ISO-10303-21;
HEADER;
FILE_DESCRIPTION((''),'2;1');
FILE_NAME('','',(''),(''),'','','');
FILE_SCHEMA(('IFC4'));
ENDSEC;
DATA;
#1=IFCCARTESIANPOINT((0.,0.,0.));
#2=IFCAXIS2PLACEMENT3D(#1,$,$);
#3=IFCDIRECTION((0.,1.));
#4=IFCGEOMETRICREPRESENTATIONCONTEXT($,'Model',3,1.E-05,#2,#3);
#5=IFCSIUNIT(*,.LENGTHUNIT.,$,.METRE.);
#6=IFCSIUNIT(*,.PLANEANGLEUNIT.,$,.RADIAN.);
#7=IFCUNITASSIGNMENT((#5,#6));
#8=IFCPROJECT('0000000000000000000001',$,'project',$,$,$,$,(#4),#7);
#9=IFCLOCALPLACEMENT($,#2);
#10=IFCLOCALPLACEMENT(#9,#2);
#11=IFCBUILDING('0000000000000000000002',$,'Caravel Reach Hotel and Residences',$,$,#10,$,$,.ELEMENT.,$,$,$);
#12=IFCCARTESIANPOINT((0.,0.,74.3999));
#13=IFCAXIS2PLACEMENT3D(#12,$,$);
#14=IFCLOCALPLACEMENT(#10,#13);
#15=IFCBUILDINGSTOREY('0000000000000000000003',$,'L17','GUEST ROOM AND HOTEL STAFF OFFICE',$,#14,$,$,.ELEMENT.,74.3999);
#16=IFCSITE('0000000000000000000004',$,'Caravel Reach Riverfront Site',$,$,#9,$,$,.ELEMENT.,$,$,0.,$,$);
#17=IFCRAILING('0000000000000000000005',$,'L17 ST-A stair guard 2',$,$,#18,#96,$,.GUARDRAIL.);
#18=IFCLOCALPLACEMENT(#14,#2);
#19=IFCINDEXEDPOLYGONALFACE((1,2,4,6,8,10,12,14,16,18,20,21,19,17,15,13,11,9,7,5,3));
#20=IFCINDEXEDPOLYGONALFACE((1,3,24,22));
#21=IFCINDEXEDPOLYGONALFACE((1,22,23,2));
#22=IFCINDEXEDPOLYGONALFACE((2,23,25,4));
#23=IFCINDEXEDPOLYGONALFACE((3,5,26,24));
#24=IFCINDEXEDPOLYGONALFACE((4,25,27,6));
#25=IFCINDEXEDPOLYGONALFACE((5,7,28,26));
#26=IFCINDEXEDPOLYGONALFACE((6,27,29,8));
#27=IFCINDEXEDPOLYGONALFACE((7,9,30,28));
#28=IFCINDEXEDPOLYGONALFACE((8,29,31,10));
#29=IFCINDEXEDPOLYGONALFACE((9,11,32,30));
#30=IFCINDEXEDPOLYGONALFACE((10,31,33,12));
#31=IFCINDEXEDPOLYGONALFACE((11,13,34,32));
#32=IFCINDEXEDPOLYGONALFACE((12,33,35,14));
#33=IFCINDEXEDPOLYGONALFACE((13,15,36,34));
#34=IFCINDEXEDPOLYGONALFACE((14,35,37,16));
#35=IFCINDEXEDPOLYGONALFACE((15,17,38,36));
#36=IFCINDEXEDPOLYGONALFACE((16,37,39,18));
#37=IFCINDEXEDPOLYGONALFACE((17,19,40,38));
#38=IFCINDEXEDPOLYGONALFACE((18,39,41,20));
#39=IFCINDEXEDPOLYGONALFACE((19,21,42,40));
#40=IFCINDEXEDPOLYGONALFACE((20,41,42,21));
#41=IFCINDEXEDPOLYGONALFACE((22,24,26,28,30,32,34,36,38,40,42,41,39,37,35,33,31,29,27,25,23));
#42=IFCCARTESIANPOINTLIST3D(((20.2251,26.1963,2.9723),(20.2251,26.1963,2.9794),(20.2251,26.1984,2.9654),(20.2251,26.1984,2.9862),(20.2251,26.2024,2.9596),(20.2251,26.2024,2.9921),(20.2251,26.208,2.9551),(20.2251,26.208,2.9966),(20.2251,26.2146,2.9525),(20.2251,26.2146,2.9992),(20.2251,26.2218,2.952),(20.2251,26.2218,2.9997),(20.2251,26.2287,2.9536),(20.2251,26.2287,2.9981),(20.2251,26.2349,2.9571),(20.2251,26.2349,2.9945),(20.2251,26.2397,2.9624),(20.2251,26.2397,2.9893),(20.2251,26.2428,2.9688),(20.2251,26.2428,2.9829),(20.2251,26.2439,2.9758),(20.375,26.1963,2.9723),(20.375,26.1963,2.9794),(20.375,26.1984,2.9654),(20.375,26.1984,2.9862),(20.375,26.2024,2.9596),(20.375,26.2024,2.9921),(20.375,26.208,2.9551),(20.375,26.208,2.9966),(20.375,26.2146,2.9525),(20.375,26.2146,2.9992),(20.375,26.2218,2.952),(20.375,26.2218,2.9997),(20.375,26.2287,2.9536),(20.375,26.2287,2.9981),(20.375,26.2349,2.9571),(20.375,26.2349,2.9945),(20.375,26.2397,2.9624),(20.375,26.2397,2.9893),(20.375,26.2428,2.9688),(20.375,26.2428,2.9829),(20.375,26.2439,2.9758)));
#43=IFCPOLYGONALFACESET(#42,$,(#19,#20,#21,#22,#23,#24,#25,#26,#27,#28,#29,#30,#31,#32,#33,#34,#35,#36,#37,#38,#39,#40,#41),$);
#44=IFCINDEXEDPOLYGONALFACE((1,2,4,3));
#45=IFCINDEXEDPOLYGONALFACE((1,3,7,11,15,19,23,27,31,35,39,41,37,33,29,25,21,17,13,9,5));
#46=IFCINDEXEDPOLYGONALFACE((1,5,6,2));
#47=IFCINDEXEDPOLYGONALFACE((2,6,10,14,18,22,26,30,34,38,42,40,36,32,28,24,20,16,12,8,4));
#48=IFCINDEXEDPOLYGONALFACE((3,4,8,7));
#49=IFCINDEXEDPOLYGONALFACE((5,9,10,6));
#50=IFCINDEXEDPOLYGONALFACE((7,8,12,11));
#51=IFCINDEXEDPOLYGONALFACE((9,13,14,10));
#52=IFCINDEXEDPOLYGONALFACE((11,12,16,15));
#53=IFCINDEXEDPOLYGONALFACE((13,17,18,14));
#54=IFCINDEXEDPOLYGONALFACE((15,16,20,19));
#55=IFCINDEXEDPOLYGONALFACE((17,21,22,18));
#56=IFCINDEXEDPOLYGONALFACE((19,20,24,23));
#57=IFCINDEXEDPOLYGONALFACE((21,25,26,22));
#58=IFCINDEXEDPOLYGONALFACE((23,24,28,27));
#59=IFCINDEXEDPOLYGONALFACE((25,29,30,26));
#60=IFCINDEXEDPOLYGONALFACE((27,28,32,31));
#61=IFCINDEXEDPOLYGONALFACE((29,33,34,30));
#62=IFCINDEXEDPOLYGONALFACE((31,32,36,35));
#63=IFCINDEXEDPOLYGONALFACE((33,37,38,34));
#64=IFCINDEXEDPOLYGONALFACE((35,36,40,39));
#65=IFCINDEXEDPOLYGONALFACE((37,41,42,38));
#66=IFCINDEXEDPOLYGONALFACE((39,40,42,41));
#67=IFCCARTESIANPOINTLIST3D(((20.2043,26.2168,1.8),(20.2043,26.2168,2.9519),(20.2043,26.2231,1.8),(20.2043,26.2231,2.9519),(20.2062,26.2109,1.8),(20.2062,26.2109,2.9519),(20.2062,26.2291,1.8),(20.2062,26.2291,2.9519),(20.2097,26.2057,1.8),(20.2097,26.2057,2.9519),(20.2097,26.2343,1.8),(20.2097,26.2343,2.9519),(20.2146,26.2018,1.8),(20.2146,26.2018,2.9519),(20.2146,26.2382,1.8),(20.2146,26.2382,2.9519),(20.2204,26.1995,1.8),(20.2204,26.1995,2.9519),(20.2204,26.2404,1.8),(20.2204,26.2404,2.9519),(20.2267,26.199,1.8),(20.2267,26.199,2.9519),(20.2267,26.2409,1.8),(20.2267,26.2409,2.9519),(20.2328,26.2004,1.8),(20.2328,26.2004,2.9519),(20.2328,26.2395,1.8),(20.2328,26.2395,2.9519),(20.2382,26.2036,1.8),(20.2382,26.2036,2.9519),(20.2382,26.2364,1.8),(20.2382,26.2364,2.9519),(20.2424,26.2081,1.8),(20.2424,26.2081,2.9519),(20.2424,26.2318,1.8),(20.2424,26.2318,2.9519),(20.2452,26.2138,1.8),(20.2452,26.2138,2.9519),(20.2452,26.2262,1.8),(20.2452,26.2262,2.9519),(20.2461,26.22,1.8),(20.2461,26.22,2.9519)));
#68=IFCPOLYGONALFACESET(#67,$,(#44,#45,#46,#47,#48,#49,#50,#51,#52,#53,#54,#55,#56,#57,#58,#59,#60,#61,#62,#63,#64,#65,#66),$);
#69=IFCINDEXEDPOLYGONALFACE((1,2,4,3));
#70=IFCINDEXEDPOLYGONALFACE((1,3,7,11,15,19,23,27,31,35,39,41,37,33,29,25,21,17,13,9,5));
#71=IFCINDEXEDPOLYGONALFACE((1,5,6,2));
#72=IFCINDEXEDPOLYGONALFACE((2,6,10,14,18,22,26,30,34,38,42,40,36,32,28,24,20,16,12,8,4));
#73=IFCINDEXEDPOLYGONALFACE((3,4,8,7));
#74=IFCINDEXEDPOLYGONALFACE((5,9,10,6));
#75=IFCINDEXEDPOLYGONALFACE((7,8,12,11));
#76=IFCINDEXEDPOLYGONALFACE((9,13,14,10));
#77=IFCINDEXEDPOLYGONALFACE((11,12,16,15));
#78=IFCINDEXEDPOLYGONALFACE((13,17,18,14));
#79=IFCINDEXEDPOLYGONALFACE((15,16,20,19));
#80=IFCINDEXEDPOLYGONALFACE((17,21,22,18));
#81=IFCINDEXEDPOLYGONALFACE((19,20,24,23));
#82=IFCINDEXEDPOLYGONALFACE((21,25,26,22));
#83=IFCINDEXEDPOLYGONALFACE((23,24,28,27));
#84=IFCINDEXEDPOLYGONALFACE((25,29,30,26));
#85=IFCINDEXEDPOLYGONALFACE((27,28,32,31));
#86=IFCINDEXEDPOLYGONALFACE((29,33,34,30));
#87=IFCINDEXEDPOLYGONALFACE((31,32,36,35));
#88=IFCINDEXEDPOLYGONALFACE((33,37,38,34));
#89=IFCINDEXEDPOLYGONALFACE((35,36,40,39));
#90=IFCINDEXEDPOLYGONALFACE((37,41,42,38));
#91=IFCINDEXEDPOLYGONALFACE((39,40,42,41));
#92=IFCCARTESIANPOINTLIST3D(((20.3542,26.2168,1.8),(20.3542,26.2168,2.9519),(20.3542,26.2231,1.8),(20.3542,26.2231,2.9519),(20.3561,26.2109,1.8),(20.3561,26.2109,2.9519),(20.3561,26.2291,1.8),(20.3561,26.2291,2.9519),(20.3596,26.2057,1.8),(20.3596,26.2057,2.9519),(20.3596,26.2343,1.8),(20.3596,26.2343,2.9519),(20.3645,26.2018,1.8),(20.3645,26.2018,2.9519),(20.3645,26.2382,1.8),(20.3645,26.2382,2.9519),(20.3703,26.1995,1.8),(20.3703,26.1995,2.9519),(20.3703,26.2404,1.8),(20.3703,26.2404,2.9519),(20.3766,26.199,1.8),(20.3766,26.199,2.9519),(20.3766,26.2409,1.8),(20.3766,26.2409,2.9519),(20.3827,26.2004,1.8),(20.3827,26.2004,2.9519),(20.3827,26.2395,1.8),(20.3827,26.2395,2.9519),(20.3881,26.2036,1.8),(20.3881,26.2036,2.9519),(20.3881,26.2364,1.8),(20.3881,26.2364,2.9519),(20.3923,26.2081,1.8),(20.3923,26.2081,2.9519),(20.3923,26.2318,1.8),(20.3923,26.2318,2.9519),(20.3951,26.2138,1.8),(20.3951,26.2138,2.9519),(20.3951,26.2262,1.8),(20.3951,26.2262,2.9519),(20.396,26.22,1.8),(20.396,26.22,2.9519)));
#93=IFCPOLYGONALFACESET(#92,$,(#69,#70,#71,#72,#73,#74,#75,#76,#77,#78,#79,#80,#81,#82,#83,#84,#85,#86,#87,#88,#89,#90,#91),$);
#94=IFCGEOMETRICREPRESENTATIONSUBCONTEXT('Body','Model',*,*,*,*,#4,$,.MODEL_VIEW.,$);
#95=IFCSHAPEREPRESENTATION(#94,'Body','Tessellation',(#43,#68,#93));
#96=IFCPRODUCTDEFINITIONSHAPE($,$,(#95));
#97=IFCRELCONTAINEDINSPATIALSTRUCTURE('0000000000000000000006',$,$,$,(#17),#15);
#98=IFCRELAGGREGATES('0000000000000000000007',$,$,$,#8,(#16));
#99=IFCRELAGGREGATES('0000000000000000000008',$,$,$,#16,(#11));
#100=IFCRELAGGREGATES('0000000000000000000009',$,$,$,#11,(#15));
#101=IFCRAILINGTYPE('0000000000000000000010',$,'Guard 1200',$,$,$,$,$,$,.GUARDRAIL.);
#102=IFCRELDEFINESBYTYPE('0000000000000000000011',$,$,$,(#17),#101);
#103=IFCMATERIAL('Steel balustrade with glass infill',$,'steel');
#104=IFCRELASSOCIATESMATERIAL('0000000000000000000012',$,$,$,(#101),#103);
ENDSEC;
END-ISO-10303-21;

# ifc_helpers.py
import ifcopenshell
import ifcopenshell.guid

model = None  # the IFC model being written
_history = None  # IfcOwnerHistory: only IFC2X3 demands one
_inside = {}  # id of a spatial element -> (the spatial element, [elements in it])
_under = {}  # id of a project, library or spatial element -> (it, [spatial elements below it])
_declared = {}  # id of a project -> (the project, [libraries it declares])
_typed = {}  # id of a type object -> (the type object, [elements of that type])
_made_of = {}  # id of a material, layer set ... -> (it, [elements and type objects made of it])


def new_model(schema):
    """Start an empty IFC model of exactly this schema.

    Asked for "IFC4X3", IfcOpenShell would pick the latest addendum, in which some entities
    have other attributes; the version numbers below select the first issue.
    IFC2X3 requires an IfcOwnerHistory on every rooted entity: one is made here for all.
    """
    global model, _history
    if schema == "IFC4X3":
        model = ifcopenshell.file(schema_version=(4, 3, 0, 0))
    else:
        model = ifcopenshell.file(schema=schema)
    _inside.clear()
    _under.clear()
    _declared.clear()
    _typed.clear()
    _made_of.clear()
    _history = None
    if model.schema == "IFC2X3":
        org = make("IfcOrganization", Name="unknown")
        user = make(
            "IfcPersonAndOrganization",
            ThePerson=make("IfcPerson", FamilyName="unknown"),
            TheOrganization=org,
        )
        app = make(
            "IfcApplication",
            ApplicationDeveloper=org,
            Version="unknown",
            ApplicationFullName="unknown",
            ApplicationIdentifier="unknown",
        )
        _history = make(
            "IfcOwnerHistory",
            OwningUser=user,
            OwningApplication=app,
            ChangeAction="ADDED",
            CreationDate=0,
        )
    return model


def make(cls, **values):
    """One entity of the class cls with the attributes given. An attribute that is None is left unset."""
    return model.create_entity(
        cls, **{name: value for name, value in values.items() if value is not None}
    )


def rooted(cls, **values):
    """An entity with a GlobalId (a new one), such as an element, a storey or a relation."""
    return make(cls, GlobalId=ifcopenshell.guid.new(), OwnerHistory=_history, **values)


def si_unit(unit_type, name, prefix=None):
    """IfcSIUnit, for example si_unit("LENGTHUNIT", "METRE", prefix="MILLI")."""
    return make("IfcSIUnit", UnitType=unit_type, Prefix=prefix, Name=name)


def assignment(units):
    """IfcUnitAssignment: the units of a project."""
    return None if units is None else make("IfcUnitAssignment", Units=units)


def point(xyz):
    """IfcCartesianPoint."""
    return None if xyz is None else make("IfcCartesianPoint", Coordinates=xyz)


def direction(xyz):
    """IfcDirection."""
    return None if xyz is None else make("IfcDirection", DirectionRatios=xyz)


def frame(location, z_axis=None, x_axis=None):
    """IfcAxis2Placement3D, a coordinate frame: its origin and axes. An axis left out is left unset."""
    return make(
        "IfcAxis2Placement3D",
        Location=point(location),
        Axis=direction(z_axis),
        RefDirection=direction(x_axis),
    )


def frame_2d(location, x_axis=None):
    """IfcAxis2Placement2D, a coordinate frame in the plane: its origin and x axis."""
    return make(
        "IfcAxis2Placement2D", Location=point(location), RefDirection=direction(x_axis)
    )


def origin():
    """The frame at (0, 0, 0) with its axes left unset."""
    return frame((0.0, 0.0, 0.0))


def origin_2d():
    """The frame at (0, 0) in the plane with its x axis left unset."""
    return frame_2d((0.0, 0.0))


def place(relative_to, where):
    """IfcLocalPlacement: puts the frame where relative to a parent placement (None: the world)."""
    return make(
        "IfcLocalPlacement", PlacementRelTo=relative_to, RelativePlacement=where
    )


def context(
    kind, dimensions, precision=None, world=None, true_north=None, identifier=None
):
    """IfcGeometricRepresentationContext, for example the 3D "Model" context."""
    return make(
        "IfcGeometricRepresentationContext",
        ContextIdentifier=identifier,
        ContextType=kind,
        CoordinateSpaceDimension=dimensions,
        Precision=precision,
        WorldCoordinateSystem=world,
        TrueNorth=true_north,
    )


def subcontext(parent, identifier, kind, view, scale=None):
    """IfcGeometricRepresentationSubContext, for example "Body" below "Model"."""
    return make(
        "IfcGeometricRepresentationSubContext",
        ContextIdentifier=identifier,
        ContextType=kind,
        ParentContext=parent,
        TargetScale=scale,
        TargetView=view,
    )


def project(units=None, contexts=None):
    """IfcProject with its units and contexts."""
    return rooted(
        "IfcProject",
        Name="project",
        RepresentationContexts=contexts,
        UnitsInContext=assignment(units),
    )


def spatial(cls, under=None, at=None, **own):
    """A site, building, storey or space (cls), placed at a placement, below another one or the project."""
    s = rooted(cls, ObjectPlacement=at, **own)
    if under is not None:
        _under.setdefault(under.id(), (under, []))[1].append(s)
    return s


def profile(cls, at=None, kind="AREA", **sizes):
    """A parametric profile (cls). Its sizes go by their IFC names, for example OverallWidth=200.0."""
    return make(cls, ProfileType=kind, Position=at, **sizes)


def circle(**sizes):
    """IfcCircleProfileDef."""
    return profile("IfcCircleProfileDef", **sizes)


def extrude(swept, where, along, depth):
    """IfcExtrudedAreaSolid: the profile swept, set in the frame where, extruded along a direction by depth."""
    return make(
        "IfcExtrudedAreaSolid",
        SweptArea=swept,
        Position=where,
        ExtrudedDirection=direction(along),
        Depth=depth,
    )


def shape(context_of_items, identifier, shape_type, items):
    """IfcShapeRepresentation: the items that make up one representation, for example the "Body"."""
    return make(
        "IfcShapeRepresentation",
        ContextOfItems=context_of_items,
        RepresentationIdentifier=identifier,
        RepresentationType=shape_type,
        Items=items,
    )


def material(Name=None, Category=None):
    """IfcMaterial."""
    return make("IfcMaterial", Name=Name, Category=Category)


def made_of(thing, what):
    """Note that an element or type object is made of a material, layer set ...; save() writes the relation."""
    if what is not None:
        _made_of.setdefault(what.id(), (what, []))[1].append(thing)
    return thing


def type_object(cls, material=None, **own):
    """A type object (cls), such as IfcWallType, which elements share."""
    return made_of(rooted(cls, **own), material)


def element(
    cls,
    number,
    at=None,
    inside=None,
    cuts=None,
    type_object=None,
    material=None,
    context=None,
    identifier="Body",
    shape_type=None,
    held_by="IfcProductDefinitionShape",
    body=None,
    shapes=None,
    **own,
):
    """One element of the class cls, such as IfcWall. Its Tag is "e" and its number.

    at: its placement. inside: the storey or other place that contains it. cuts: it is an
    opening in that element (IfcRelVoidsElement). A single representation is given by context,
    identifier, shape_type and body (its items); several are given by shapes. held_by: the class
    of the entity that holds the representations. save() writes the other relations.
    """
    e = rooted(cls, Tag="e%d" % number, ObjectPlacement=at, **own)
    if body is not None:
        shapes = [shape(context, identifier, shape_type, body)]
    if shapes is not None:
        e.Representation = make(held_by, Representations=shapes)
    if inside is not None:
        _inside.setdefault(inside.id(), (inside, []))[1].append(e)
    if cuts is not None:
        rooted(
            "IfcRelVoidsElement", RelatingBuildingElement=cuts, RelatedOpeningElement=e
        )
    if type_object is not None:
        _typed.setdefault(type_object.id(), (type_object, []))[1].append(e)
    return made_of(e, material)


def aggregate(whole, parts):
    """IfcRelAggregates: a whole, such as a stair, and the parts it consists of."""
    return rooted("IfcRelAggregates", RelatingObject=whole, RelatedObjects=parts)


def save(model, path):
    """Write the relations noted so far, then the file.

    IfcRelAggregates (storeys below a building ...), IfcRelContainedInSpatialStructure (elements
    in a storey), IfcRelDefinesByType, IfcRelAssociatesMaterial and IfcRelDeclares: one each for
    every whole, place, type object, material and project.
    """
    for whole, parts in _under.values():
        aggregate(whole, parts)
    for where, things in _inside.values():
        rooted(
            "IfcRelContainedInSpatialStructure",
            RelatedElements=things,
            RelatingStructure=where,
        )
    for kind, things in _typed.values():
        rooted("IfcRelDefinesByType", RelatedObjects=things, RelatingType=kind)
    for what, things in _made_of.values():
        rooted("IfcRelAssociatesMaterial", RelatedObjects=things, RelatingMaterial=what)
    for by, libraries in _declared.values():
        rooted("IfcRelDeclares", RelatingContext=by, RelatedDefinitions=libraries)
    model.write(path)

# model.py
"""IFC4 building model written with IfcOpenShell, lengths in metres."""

from ifc_helpers import new_model, si_unit, direction, frame, origin, origin_2d, place, context, subcontext, project, spatial, circle, extrude, material, type_object, element, save


model = new_model("IFC4")

# Units and contexts
model_context = context("Model", 3, precision=1e-05, world=origin(), true_north=direction((0.0, 1.0)))
body_context = subcontext(model_context, "Body", "Model", "MODEL_VIEW")
ifc_project = project(units=[si_unit("LENGTHUNIT", "METRE"), si_unit("PLANEANGLEUNIT", "RADIAN")], contexts=[model_context])

# Site, building, storey
site_placement = place(None, origin())
site = spatial("IfcSite", under=ifc_project, at=site_placement, Name="Caravel Reach Riverfront Site", CompositionType="ELEMENT", RefElevation=0.0)
building_placement = place(site_placement, origin())
building = spatial("IfcBuilding", under=site, at=building_placement, Name="Caravel Reach Hotel and Residences", CompositionType="ELEMENT")
storey_placement = place(building_placement, frame((0.0, 0.0, 74.3999)))
storey = spatial("IfcBuildingStorey", under=building, at=storey_placement, Name="L17", Description="GUEST ROOM AND HOTEL STAFF OFFICE", CompositionType="ELEMENT", Elevation=74.3999)

# Railing
ifc_material_1 = material(Name="Steel balustrade with glass infill", Category="steel")
railing_type = type_object("IfcRailingType", Name="Guard 1200", PredefinedType="GUARDRAIL", material=ifc_material_1)
railing_1_placement = place(storey_placement, frame((20.2251, 26.22, 1.8)))
element("IfcRailing", 1, at=railing_1_placement, inside=storey, type_object=railing_type, Name="L17 ST-A stair guard 2", PredefinedType="GUARDRAIL", context=body_context, shape_type="SweptSolid", body=[
    extrude(circle(Radius=0.0239, at=origin_2d()), frame((0.0, 0.0, 1.1758), z_axis=(1.0, 0.0, 0.0), x_axis=(0.0, 1.0, 0.0)), (0.0, 0.0, 1.0), 0.1499),
    extrude(circle(Radius=0.021, at=origin_2d()), origin(), (0.0, 0.0, 1.0), 1.1519),
    extrude(circle(Radius=0.021, at=origin_2d()), frame((0.1499, 0.0, 0.0)), (0.0, 0.0, 1.0), 1.1519),
])

save(model, "model.ifc")
